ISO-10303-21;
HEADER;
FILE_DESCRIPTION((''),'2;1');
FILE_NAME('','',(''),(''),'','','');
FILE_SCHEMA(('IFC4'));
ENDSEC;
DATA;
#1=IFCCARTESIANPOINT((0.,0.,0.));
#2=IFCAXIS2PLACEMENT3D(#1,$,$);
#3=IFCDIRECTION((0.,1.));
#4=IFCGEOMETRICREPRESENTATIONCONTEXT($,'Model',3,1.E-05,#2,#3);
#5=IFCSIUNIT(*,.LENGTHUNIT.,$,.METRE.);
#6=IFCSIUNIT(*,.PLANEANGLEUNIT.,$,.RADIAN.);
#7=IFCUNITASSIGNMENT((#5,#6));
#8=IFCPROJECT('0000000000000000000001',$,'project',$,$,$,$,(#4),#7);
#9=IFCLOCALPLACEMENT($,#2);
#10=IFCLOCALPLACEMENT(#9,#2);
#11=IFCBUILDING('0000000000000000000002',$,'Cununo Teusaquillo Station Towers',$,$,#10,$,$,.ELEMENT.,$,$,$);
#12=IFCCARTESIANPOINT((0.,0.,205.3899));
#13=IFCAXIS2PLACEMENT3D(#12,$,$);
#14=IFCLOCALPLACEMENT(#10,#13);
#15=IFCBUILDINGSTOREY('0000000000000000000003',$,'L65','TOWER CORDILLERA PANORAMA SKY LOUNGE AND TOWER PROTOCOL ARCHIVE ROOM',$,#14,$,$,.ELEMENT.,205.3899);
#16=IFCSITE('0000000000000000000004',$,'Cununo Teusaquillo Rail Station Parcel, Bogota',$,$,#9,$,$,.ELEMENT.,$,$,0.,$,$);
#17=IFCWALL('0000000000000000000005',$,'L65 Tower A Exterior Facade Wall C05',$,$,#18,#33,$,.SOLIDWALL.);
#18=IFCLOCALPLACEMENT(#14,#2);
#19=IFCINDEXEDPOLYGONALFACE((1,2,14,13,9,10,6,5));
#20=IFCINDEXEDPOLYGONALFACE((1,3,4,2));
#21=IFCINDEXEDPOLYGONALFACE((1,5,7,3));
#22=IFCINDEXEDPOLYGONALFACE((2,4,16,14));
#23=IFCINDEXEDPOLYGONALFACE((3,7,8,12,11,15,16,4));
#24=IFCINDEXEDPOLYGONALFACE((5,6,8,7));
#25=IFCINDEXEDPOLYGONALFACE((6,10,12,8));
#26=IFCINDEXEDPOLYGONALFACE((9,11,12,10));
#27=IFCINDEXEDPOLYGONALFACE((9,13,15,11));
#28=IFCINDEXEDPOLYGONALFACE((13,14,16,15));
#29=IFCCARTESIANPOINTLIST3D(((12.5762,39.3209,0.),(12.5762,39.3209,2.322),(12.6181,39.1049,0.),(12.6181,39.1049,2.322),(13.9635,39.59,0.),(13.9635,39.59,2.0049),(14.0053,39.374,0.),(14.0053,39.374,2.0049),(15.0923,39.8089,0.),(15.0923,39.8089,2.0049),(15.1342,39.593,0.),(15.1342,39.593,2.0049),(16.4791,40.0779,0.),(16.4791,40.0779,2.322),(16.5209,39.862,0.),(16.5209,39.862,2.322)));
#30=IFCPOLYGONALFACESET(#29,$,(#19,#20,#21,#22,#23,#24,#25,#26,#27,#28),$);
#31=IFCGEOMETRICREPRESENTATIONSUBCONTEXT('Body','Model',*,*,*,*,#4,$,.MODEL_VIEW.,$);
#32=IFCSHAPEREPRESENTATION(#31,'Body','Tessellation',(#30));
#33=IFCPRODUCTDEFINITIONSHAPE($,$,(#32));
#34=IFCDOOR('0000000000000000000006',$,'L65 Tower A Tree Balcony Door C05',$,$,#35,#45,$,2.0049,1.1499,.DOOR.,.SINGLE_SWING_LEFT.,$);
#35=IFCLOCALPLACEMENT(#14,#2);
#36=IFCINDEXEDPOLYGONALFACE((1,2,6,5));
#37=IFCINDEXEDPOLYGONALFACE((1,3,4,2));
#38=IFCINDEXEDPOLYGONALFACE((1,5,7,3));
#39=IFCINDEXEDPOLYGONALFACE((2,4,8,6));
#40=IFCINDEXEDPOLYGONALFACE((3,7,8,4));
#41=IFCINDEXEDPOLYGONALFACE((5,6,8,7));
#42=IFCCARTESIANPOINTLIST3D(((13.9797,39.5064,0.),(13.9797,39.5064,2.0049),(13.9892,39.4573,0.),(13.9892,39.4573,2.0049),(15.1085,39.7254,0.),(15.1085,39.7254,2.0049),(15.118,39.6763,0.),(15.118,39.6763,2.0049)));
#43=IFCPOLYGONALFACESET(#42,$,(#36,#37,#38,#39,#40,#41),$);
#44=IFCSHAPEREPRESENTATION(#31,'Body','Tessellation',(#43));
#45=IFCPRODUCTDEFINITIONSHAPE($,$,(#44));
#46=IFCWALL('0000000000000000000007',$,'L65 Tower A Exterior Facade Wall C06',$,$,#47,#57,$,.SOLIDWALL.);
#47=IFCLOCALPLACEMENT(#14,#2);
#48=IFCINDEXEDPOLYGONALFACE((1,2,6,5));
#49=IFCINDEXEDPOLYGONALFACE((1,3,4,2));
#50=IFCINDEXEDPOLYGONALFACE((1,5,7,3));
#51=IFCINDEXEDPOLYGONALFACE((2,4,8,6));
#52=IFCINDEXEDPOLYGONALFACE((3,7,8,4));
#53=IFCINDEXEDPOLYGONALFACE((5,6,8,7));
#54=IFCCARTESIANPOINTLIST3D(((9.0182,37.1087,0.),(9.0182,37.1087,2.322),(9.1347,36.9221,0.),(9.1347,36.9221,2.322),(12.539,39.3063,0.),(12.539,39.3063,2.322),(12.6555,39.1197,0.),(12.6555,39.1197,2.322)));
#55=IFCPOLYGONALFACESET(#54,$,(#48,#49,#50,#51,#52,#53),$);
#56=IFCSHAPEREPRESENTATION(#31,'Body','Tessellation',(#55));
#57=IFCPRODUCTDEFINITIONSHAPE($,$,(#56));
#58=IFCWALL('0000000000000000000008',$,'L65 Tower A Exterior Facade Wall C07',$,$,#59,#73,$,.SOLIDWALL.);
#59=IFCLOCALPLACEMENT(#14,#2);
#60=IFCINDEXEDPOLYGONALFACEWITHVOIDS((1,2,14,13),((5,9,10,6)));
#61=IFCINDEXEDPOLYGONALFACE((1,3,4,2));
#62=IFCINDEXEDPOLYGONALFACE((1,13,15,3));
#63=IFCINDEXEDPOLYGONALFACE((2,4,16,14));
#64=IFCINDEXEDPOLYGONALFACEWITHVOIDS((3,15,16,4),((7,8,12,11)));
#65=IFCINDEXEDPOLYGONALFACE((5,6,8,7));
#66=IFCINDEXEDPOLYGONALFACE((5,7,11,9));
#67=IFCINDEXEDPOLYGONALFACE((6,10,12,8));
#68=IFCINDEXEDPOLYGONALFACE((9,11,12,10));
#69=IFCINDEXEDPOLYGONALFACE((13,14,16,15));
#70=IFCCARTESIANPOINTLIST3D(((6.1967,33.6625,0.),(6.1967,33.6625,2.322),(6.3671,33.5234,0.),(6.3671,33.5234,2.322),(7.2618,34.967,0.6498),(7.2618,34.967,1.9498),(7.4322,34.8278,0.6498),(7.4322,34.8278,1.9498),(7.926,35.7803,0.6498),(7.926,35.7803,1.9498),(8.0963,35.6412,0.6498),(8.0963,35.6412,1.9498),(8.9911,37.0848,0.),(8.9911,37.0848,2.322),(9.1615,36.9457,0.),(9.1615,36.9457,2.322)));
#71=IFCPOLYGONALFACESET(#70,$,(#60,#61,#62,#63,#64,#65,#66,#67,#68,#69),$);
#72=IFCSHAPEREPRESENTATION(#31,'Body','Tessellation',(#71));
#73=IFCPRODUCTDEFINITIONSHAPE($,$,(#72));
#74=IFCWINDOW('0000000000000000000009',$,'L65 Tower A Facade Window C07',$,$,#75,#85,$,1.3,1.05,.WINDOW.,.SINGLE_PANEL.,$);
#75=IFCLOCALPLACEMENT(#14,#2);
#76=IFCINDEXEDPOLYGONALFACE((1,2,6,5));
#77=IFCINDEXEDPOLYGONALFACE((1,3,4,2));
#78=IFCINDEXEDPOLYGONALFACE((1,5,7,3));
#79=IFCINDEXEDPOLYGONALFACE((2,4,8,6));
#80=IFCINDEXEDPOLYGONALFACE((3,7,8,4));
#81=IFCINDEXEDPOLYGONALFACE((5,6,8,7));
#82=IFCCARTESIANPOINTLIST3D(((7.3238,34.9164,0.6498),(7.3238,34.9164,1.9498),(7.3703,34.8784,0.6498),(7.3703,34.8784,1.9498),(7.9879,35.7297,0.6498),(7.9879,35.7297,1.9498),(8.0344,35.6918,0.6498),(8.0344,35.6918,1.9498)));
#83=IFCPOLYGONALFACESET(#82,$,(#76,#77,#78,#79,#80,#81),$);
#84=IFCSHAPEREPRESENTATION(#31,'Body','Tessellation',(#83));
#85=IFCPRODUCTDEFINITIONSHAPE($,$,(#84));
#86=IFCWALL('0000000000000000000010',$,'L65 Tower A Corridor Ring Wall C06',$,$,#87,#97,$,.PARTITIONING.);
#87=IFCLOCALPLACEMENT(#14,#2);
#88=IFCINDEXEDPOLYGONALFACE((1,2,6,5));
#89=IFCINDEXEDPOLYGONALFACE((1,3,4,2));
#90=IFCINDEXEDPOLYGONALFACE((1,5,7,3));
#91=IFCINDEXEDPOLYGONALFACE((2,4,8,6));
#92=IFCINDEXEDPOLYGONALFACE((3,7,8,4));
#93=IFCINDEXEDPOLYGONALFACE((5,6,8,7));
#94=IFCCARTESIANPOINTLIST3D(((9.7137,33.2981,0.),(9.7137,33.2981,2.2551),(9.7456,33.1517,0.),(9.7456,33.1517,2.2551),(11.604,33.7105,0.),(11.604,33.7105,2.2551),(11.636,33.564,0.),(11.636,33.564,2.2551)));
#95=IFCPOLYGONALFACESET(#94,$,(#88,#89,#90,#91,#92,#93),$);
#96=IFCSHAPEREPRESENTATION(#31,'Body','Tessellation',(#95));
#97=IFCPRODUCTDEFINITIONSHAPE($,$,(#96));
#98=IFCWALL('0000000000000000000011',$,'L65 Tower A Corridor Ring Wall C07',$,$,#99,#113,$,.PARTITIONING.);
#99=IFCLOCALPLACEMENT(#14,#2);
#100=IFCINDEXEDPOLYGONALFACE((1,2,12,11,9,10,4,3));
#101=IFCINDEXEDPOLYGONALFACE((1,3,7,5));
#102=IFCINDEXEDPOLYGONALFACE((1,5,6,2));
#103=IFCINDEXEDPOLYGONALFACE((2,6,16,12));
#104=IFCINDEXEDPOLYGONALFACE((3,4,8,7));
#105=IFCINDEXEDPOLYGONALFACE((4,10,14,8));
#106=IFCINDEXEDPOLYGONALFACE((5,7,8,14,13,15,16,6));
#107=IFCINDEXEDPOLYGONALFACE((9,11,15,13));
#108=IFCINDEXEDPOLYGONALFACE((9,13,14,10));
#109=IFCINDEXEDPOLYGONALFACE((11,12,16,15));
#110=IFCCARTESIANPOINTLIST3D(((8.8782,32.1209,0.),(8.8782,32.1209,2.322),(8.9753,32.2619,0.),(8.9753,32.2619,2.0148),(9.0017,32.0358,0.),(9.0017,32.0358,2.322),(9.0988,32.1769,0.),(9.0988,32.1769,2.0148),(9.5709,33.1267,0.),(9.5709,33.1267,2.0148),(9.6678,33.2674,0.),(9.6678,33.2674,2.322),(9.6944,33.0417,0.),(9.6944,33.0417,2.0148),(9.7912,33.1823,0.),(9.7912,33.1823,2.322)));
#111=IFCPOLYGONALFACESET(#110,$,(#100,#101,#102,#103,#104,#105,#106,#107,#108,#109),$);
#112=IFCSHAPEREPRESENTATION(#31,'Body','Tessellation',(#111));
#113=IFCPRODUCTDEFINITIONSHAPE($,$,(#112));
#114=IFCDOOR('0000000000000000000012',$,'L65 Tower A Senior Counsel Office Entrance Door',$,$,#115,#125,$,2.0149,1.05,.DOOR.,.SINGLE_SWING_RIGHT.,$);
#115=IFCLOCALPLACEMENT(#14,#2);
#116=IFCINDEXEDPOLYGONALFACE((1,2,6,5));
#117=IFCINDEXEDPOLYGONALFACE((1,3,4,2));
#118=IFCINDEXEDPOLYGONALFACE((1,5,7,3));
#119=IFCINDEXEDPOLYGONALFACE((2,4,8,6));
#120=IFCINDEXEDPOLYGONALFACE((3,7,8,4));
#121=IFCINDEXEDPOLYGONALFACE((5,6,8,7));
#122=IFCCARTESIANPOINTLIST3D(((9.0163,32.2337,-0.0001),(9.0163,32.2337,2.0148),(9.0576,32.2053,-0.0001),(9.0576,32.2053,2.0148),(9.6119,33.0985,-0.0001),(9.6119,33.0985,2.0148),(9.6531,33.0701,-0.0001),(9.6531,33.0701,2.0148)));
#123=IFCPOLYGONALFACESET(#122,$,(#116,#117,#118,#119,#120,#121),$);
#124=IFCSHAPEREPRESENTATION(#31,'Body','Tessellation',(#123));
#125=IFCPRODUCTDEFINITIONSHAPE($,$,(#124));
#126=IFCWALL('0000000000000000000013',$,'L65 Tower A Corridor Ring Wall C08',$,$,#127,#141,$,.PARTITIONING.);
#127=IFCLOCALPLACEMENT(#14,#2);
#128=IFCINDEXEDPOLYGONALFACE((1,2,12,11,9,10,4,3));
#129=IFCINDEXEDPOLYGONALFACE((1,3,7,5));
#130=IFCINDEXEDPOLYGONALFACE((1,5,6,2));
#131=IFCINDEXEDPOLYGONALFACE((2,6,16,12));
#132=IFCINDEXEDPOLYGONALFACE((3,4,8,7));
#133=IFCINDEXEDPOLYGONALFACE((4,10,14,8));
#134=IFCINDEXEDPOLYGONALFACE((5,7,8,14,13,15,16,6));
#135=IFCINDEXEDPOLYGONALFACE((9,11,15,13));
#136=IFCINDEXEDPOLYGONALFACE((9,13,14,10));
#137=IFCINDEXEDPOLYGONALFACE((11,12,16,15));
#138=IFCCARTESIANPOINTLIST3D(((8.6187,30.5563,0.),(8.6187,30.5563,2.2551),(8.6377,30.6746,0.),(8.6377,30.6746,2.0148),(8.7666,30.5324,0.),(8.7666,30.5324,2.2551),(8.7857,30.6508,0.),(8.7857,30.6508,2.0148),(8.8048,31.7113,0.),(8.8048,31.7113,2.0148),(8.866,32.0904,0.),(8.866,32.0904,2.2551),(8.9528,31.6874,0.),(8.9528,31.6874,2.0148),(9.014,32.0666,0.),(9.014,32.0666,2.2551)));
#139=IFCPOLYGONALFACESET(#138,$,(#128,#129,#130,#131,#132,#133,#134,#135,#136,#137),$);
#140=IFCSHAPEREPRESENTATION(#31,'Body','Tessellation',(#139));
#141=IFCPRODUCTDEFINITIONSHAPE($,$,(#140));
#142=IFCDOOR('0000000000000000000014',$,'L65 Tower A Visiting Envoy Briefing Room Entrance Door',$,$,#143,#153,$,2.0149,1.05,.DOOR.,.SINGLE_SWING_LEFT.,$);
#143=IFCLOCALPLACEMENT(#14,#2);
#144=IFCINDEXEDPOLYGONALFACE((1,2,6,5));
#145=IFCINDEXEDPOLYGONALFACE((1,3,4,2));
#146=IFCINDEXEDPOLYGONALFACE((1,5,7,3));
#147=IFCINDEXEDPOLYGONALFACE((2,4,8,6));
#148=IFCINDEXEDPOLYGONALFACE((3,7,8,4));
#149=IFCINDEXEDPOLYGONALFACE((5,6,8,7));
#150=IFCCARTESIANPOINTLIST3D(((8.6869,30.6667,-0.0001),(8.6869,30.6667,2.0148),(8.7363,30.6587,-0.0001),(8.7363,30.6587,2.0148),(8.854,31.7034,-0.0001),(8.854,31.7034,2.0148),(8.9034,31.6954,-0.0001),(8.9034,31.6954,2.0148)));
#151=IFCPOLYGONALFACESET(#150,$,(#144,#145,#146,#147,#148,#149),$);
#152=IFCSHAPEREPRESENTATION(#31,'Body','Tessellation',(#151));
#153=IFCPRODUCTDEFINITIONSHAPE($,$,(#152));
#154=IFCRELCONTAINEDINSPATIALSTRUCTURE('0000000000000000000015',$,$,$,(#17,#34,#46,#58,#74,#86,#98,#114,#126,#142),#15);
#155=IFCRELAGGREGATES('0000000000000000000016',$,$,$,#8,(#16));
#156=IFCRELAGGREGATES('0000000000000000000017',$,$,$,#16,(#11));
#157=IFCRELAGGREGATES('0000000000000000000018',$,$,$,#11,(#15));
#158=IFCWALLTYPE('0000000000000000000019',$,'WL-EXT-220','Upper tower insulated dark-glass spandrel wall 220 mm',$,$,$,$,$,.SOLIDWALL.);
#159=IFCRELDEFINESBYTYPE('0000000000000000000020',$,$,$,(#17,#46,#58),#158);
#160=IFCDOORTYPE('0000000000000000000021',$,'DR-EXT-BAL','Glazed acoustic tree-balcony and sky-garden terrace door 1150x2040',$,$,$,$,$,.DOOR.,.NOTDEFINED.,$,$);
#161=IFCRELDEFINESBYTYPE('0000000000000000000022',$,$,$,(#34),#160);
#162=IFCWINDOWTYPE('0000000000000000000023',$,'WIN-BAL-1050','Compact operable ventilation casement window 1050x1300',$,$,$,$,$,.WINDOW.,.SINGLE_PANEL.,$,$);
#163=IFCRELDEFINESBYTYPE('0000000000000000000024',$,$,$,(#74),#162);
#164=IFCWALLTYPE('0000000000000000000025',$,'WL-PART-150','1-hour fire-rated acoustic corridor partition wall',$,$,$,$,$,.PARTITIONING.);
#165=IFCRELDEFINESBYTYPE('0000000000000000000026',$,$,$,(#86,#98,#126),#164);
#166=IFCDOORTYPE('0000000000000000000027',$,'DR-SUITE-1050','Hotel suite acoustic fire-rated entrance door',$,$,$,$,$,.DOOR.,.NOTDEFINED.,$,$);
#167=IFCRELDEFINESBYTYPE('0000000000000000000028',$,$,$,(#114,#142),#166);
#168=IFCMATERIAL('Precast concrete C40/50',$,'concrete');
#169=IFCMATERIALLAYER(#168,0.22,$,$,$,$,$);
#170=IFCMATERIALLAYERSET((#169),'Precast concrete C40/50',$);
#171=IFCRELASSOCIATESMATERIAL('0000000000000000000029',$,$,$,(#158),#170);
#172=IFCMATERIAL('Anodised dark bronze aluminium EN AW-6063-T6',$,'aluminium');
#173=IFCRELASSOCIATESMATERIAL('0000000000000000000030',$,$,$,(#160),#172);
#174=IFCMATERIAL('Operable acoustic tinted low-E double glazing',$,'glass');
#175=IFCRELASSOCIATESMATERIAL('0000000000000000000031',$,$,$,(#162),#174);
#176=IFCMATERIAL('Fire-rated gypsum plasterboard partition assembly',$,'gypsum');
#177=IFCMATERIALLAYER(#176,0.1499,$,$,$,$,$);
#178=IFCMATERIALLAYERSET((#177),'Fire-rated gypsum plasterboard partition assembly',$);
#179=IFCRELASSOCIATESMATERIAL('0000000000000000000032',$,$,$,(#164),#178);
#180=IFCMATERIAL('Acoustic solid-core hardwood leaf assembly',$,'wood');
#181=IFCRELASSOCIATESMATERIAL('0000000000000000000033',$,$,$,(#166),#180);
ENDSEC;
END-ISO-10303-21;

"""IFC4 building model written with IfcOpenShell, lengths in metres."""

from ifc_helpers import new_model, si_unit, direction, frame, frame_2d, origin, place, context, subcontext, project, spatial, rectangle, extrude, source, transform, mapped, material, layer, layer_set, type_object, element, fill, save


model = new_model("IFC4")

# Units and contexts
model_context = context("Model", 3, precision=1e-05, world=origin(), true_north=direction((0.0, 1.0)))
body_context = subcontext(model_context, "Body", "Model", "MODEL_VIEW")
ifc_project = project(units=[si_unit("LENGTHUNIT", "METRE"), si_unit("PLANEANGLEUNIT", "RADIAN")], contexts=[model_context])

# Site, building, storey
site_placement = place(None, origin())
site = spatial("IfcSite", under=ifc_project, at=site_placement, Name="Cununo Teusaquillo Rail Station Parcel, Bogota", CompositionType="ELEMENT", RefElevation=0.0)
building_placement = place(site_placement, origin())
building = spatial("IfcBuilding", under=site, at=building_placement, Name="Cununo Teusaquillo Station Towers", CompositionType="ELEMENT")
storey_placement = place(building_placement, frame((0.0, 0.0, 205.3899)))
storey = spatial("IfcBuildingStorey", under=building, at=storey_placement, Name="L65", Description="TOWER CORDILLERA PANORAMA SKY LOUNGE AND TOWER PROTOCOL ARCHIVE ROOM", CompositionType="ELEMENT", Elevation=205.3899)

# Wall, opening, door
ifc_material_1 = material(Name="Precast concrete C40/50", Category="concrete")
ifc_layer_1 = layer(ifc_material_1, 0.22)
ifc_layer_set_1 = layer_set([ifc_layer_1], Name="Precast concrete C40/50")
wall_type_1 = type_object("IfcWallType", Name="WL-EXT-220", Description="Upper tower insulated dark-glass spandrel wall 220 mm", PredefinedType="SOLIDWALL", material=ifc_layer_set_1)
wall_1_placement = place(storey_placement, frame((12.5972, 39.2129, 0.0), z_axis=(0.0, 0.0, 1.0), x_axis=(0.9817, 0.190432, 0.0)))
wall_1 = element("IfcWall", 1, at=wall_1_placement, inside=storey, type_object=wall_type_1, Name="L65 Tower A Exterior Facade Wall C05", PredefinedType="SOLIDWALL", context=body_context, shape_type="SweptSolid", body=[
    extrude(rectangle(XDim=3.9756, YDim=0.22, at=frame_2d((1.9878, 0.0))), origin(), (0.0, 0.0, 1.0), 2.322),
])
shared_shape_1 = source(origin(), body_context, "Body", "SweptSolid", [
    extrude(rectangle(XDim=1.1499, YDim=2.0049, at=frame_2d((0.575, 1.0024))), frame((0.0, 0.1199, 0.0), z_axis=(0.0, -1.0, 0.0), x_axis=(1.0, 0.0, 0.0)), (0.0, 0.0, 1.0), 0.24),
])
opening_1_placement = place(wall_1_placement, frame((1.4131, 0.0, 0.0)))
opening_1 = element("IfcOpeningElement", 2, at=opening_1_placement, cuts=wall_1, PredefinedType="OPENING", context=body_context, shape_type="MappedRepresentation", body=[
    mapped(shared_shape_1, transform((0.0, 0.0, 0.0), x_axis=(1.0, 0.0, 0.0), y_axis=(0.0, 1.0, 0.0), z_axis=(0.0, 0.0, 1.0), scale=1.0)),
])
ifc_material_2 = material(Name="Anodised dark bronze aluminium EN AW-6063-T6", Category="aluminium")
door_type_1 = type_object("IfcDoorType", Name="DR-EXT-BAL", Description="Glazed acoustic tree-balcony and sky-garden terrace door 1150x2040", OperationType="NOTDEFINED", PredefinedType="DOOR", material=ifc_material_2)
shared_shape_2 = source(origin(), body_context, "Body", "SweptSolid", [
    extrude(rectangle(XDim=1.1499, YDim=2.0049, at=frame_2d((0.575, 1.0024))), frame((0.0, 0.0249, 0.0), z_axis=(0.0, -1.0, 0.0), x_axis=(1.0, 0.0, 0.0)), (0.0, 0.0, 1.0), 0.05),
])
door_1_placement = place(opening_1_placement, origin())
door_1 = element("IfcDoor", 3, at=door_1_placement, inside=storey, type_object=door_type_1, Name="L65 Tower A Tree Balcony Door C05", OperationType="SINGLE_SWING_LEFT", OverallHeight=2.0049, OverallWidth=1.1499, PredefinedType="DOOR", context=body_context, shape_type="MappedRepresentation", body=[
    mapped(shared_shape_2, transform((0.0, 0.0, 0.0), x_axis=(1.0, 0.0, 0.0), y_axis=(0.0, 1.0, 0.0), z_axis=(0.0, 0.0, 1.0), scale=1.0)),
])
fill(opening_1, door_1)

# Wall
wall_2_placement = place(storey_placement, frame((9.0764, 37.0154, 0.0), z_axis=(0.0, 0.0, 1.0), x_axis=(0.848319, 0.529486, 0.0)))
element("IfcWall", 4, at=wall_2_placement, inside=storey, type_object=wall_type_1, Name="L65 Tower A Exterior Facade Wall C06", PredefinedType="SOLIDWALL", context=body_context, shape_type="SweptSolid", body=[
    extrude(rectangle(XDim=4.1504, YDim=0.22, at=frame_2d((2.0752, 0.0))), origin(), (0.0, 0.0, 1.0), 2.322),
])

# Wall, opening, window
wall_3_placement = place(storey_placement, frame((6.282, 33.593, 0.0), z_axis=(0.0, 0.0, 1.0), x_axis=(0.632467, 0.774587, 0.0)))
wall_3 = element("IfcWall", 5, at=wall_3_placement, inside=storey, type_object=wall_type_1, Name="L65 Tower A Exterior Facade Wall C07", PredefinedType="SOLIDWALL", context=body_context, shape_type="SweptSolid", body=[
    extrude(rectangle(XDim=4.4182, YDim=0.22, at=frame_2d((2.209, 0.0))), origin(), (0.0, 0.0, 1.0), 2.322),
])
shared_shape_3 = source(origin(), body_context, "Body", "SweptSolid", [
    extrude(rectangle(XDim=1.05, YDim=1.3, at=frame_2d((0.5249, 0.6499))), frame((0.0, 0.1199, 0.0), z_axis=(0.0, -1.0, 0.0), x_axis=(1.0, 0.0, 0.0)), (0.0, 0.0, 1.0), 0.24),
])
opening_2_placement = place(wall_3_placement, frame((1.6841, 0.0, 0.6499)))
opening_2 = element("IfcOpeningElement", 6, at=opening_2_placement, cuts=wall_3, PredefinedType="OPENING", context=body_context, shape_type="MappedRepresentation", body=[
    mapped(shared_shape_3, transform((0.0, 0.0, 0.0), x_axis=(1.0, 0.0, 0.0), y_axis=(0.0, 1.0, 0.0), z_axis=(0.0, 0.0, 1.0), scale=1.0)),
])
ifc_material_3 = material(Name="Operable acoustic tinted low-E double glazing", Category="glass")
window_type = type_object("IfcWindowType", Name="WIN-BAL-1050", Description="Compact operable ventilation casement window 1050x1300", PartitioningType="SINGLE_PANEL", PredefinedType="WINDOW", material=ifc_material_3)
shared_shape_4 = source(origin(), body_context, "Body", "SweptSolid", [
    extrude(rectangle(XDim=1.05, YDim=1.3, at=frame_2d((0.5249, 0.6499))), frame((0.0, 0.03, 0.0), z_axis=(0.0, -1.0, 0.0), x_axis=(1.0, 0.0, 0.0)), (0.0, 0.0, 1.0), 0.0601),
])
window_placement = place(opening_2_placement, origin())
window = element("IfcWindow", 7, at=window_placement, inside=storey, type_object=window_type, Name="L65 Tower A Facade Window C07", OverallHeight=1.3, OverallWidth=1.05, PartitioningType="SINGLE_PANEL", PredefinedType="WINDOW", context=body_context, shape_type="MappedRepresentation", body=[
    mapped(shared_shape_4, transform((0.0, 0.0, 0.0), x_axis=(1.0, 0.0, 0.0), y_axis=(0.0, 1.0, 0.0), z_axis=(0.0, 0.0, 1.0), scale=1.0)),
])
fill(opening_2, window)

# Wall
ifc_material_4 = material(Name="Fire-rated gypsum plasterboard partition assembly", Category="gypsum")
ifc_layer_2 = layer(ifc_material_4, 0.1499)
ifc_layer_set_2 = layer_set([ifc_layer_2], Name="Fire-rated gypsum plasterboard partition assembly")
wall_type_2 = type_object("IfcWallType", Name="WL-PART-150", Description="1-hour fire-rated acoustic corridor partition wall", PredefinedType="PARTITIONING", material=ifc_layer_set_2)
wall_4_placement = place(storey_placement, frame((11.6199, 33.6372, 0.0), z_axis=(0.0, 0.0, 1.0), x_axis=(-0.977026, -0.213121, 0.0)))
element("IfcWall", 8, at=wall_4_placement, inside=storey, type_object=wall_type_2, Name="L65 Tower A Corridor Ring Wall C06", PredefinedType="PARTITIONING", context=body_context, shape_type="SweptSolid", body=[
    extrude(rectangle(XDim=1.9348, YDim=0.1499, at=frame_2d((0.9673, 0.0))), origin(), (0.0, 0.0, 1.0), 2.2551),
])

# Walls, openings, doors
wall_5_placement = place(storey_placement, frame((9.7295, 33.2249, 0.0), z_axis=(0.0, 0.0, 1.0), x_axis=(-0.567184, -0.823591, 0.0)))
wall_5 = element("IfcWall", 9, at=wall_5_placement, inside=storey, type_object=wall_type_2, Name="L65 Tower A Corridor Ring Wall C07", PredefinedType="PARTITIONING", context=body_context, shape_type="SweptSolid", body=[
    extrude(rectangle(XDim=1.3921, YDim=0.1499, at=frame_2d((0.696, 0.0))), origin(), (0.0, 0.0, 1.0), 2.322),
])
shared_shape_5 = source(origin(), body_context, "Body", "SweptSolid", [
    extrude(rectangle(XDim=1.05, YDim=2.0149, at=frame_2d((0.5249, 1.0073))), frame((0.0, 0.085, 0.0), z_axis=(0.0, -1.0, 0.0), x_axis=(1.0, 0.0, 0.0)), (0.0, 0.0, 1.0), 0.1699),
])
opening_3_placement = place(wall_5_placement, frame((0.1709, 0.0, 0.0)))
opening_3 = element("IfcOpeningElement", 10, at=opening_3_placement, cuts=wall_5, PredefinedType="OPENING", context=body_context, shape_type="MappedRepresentation", body=[
    mapped(shared_shape_5, transform((0.0, 0.0, 0.0), x_axis=(1.0, 0.0, 0.0), y_axis=(0.0, 1.0, 0.0), z_axis=(0.0, 0.0, 1.0), scale=1.0)),
])
ifc_material_5 = material(Name="Acoustic solid-core hardwood leaf assembly", Category="wood")
door_type_2 = type_object("IfcDoorType", Name="DR-SUITE-1050", Description="Hotel suite acoustic fire-rated entrance door", OperationType="NOTDEFINED", PredefinedType="DOOR", material=ifc_material_5)
shared_shape_6 = source(origin(), body_context, "Body", "SweptSolid", [
    extrude(rectangle(XDim=1.05, YDim=2.0149, at=frame_2d((0.5249, 1.0073))), frame((0.0, 0.0249, 0.0), z_axis=(0.0, -1.0, 0.0), x_axis=(1.0, 0.0, 0.0)), (0.0, 0.0, 1.0), 0.05),
])
door_2_placement = place(opening_3_placement, origin())
door_2 = element("IfcDoor", 11, at=door_2_placement, inside=storey, type_object=door_type_2, Name="L65 Tower A Senior Counsel Office Entrance Door", OperationType="SINGLE_SWING_RIGHT", OverallHeight=2.0149, OverallWidth=1.05, PredefinedType="DOOR", context=body_context, shape_type="MappedRepresentation", body=[
    mapped(shared_shape_6, transform((0.0, 0.0, 0.0), x_axis=(1.0, 0.0, 0.0), y_axis=(0.0, 1.0, 0.0), z_axis=(0.0, 0.0, 1.0), scale=1.0)),
])
fill(opening_3, door_2)
wall_6_placement = place(storey_placement, frame((8.9399, 32.0784, 0.0), z_axis=(0.0, 0.0, 1.0), x_axis=(-0.159148, -0.987255, 0.0)))
wall_6 = element("IfcWall", 12, at=wall_6_placement, inside=storey, type_object=wall_type_2, Name="L65 Tower A Corridor Ring Wall C08", PredefinedType="PARTITIONING", context=body_context, shape_type="SweptSolid", body=[
    extrude(rectangle(XDim=1.554, YDim=0.1499, at=frame_2d((0.7769, 0.0))), origin(), (0.0, 0.0, 1.0), 2.2551),
])
opening_4_placement = place(wall_6_placement, frame((0.384, 0.0, 0.0)))
opening_4 = element("IfcOpeningElement", 13, at=opening_4_placement, cuts=wall_6, PredefinedType="OPENING", context=body_context, shape_type="MappedRepresentation", body=[
    mapped(shared_shape_5, transform((0.0, 0.0, 0.0), x_axis=(1.0, 0.0, 0.0), y_axis=(0.0, 1.0, 0.0), z_axis=(0.0, 0.0, 1.0), scale=1.0)),
])
door_3_placement = place(opening_4_placement, origin())
door_3 = element("IfcDoor", 14, at=door_3_placement, inside=storey, type_object=door_type_2, Name="L65 Tower A Visiting Envoy Briefing Room Entrance Door", OperationType="SINGLE_SWING_LEFT", OverallHeight=2.0149, OverallWidth=1.05, PredefinedType="DOOR", context=body_context, shape_type="MappedRepresentation", body=[
    mapped(shared_shape_6, transform((0.0, 0.0, 0.0), x_axis=(1.0, 0.0, 0.0), y_axis=(0.0, 1.0, 0.0), z_axis=(0.0, 0.0, 1.0), scale=1.0)),
])
fill(opening_4, door_3)

save(model, "model.ifc")
